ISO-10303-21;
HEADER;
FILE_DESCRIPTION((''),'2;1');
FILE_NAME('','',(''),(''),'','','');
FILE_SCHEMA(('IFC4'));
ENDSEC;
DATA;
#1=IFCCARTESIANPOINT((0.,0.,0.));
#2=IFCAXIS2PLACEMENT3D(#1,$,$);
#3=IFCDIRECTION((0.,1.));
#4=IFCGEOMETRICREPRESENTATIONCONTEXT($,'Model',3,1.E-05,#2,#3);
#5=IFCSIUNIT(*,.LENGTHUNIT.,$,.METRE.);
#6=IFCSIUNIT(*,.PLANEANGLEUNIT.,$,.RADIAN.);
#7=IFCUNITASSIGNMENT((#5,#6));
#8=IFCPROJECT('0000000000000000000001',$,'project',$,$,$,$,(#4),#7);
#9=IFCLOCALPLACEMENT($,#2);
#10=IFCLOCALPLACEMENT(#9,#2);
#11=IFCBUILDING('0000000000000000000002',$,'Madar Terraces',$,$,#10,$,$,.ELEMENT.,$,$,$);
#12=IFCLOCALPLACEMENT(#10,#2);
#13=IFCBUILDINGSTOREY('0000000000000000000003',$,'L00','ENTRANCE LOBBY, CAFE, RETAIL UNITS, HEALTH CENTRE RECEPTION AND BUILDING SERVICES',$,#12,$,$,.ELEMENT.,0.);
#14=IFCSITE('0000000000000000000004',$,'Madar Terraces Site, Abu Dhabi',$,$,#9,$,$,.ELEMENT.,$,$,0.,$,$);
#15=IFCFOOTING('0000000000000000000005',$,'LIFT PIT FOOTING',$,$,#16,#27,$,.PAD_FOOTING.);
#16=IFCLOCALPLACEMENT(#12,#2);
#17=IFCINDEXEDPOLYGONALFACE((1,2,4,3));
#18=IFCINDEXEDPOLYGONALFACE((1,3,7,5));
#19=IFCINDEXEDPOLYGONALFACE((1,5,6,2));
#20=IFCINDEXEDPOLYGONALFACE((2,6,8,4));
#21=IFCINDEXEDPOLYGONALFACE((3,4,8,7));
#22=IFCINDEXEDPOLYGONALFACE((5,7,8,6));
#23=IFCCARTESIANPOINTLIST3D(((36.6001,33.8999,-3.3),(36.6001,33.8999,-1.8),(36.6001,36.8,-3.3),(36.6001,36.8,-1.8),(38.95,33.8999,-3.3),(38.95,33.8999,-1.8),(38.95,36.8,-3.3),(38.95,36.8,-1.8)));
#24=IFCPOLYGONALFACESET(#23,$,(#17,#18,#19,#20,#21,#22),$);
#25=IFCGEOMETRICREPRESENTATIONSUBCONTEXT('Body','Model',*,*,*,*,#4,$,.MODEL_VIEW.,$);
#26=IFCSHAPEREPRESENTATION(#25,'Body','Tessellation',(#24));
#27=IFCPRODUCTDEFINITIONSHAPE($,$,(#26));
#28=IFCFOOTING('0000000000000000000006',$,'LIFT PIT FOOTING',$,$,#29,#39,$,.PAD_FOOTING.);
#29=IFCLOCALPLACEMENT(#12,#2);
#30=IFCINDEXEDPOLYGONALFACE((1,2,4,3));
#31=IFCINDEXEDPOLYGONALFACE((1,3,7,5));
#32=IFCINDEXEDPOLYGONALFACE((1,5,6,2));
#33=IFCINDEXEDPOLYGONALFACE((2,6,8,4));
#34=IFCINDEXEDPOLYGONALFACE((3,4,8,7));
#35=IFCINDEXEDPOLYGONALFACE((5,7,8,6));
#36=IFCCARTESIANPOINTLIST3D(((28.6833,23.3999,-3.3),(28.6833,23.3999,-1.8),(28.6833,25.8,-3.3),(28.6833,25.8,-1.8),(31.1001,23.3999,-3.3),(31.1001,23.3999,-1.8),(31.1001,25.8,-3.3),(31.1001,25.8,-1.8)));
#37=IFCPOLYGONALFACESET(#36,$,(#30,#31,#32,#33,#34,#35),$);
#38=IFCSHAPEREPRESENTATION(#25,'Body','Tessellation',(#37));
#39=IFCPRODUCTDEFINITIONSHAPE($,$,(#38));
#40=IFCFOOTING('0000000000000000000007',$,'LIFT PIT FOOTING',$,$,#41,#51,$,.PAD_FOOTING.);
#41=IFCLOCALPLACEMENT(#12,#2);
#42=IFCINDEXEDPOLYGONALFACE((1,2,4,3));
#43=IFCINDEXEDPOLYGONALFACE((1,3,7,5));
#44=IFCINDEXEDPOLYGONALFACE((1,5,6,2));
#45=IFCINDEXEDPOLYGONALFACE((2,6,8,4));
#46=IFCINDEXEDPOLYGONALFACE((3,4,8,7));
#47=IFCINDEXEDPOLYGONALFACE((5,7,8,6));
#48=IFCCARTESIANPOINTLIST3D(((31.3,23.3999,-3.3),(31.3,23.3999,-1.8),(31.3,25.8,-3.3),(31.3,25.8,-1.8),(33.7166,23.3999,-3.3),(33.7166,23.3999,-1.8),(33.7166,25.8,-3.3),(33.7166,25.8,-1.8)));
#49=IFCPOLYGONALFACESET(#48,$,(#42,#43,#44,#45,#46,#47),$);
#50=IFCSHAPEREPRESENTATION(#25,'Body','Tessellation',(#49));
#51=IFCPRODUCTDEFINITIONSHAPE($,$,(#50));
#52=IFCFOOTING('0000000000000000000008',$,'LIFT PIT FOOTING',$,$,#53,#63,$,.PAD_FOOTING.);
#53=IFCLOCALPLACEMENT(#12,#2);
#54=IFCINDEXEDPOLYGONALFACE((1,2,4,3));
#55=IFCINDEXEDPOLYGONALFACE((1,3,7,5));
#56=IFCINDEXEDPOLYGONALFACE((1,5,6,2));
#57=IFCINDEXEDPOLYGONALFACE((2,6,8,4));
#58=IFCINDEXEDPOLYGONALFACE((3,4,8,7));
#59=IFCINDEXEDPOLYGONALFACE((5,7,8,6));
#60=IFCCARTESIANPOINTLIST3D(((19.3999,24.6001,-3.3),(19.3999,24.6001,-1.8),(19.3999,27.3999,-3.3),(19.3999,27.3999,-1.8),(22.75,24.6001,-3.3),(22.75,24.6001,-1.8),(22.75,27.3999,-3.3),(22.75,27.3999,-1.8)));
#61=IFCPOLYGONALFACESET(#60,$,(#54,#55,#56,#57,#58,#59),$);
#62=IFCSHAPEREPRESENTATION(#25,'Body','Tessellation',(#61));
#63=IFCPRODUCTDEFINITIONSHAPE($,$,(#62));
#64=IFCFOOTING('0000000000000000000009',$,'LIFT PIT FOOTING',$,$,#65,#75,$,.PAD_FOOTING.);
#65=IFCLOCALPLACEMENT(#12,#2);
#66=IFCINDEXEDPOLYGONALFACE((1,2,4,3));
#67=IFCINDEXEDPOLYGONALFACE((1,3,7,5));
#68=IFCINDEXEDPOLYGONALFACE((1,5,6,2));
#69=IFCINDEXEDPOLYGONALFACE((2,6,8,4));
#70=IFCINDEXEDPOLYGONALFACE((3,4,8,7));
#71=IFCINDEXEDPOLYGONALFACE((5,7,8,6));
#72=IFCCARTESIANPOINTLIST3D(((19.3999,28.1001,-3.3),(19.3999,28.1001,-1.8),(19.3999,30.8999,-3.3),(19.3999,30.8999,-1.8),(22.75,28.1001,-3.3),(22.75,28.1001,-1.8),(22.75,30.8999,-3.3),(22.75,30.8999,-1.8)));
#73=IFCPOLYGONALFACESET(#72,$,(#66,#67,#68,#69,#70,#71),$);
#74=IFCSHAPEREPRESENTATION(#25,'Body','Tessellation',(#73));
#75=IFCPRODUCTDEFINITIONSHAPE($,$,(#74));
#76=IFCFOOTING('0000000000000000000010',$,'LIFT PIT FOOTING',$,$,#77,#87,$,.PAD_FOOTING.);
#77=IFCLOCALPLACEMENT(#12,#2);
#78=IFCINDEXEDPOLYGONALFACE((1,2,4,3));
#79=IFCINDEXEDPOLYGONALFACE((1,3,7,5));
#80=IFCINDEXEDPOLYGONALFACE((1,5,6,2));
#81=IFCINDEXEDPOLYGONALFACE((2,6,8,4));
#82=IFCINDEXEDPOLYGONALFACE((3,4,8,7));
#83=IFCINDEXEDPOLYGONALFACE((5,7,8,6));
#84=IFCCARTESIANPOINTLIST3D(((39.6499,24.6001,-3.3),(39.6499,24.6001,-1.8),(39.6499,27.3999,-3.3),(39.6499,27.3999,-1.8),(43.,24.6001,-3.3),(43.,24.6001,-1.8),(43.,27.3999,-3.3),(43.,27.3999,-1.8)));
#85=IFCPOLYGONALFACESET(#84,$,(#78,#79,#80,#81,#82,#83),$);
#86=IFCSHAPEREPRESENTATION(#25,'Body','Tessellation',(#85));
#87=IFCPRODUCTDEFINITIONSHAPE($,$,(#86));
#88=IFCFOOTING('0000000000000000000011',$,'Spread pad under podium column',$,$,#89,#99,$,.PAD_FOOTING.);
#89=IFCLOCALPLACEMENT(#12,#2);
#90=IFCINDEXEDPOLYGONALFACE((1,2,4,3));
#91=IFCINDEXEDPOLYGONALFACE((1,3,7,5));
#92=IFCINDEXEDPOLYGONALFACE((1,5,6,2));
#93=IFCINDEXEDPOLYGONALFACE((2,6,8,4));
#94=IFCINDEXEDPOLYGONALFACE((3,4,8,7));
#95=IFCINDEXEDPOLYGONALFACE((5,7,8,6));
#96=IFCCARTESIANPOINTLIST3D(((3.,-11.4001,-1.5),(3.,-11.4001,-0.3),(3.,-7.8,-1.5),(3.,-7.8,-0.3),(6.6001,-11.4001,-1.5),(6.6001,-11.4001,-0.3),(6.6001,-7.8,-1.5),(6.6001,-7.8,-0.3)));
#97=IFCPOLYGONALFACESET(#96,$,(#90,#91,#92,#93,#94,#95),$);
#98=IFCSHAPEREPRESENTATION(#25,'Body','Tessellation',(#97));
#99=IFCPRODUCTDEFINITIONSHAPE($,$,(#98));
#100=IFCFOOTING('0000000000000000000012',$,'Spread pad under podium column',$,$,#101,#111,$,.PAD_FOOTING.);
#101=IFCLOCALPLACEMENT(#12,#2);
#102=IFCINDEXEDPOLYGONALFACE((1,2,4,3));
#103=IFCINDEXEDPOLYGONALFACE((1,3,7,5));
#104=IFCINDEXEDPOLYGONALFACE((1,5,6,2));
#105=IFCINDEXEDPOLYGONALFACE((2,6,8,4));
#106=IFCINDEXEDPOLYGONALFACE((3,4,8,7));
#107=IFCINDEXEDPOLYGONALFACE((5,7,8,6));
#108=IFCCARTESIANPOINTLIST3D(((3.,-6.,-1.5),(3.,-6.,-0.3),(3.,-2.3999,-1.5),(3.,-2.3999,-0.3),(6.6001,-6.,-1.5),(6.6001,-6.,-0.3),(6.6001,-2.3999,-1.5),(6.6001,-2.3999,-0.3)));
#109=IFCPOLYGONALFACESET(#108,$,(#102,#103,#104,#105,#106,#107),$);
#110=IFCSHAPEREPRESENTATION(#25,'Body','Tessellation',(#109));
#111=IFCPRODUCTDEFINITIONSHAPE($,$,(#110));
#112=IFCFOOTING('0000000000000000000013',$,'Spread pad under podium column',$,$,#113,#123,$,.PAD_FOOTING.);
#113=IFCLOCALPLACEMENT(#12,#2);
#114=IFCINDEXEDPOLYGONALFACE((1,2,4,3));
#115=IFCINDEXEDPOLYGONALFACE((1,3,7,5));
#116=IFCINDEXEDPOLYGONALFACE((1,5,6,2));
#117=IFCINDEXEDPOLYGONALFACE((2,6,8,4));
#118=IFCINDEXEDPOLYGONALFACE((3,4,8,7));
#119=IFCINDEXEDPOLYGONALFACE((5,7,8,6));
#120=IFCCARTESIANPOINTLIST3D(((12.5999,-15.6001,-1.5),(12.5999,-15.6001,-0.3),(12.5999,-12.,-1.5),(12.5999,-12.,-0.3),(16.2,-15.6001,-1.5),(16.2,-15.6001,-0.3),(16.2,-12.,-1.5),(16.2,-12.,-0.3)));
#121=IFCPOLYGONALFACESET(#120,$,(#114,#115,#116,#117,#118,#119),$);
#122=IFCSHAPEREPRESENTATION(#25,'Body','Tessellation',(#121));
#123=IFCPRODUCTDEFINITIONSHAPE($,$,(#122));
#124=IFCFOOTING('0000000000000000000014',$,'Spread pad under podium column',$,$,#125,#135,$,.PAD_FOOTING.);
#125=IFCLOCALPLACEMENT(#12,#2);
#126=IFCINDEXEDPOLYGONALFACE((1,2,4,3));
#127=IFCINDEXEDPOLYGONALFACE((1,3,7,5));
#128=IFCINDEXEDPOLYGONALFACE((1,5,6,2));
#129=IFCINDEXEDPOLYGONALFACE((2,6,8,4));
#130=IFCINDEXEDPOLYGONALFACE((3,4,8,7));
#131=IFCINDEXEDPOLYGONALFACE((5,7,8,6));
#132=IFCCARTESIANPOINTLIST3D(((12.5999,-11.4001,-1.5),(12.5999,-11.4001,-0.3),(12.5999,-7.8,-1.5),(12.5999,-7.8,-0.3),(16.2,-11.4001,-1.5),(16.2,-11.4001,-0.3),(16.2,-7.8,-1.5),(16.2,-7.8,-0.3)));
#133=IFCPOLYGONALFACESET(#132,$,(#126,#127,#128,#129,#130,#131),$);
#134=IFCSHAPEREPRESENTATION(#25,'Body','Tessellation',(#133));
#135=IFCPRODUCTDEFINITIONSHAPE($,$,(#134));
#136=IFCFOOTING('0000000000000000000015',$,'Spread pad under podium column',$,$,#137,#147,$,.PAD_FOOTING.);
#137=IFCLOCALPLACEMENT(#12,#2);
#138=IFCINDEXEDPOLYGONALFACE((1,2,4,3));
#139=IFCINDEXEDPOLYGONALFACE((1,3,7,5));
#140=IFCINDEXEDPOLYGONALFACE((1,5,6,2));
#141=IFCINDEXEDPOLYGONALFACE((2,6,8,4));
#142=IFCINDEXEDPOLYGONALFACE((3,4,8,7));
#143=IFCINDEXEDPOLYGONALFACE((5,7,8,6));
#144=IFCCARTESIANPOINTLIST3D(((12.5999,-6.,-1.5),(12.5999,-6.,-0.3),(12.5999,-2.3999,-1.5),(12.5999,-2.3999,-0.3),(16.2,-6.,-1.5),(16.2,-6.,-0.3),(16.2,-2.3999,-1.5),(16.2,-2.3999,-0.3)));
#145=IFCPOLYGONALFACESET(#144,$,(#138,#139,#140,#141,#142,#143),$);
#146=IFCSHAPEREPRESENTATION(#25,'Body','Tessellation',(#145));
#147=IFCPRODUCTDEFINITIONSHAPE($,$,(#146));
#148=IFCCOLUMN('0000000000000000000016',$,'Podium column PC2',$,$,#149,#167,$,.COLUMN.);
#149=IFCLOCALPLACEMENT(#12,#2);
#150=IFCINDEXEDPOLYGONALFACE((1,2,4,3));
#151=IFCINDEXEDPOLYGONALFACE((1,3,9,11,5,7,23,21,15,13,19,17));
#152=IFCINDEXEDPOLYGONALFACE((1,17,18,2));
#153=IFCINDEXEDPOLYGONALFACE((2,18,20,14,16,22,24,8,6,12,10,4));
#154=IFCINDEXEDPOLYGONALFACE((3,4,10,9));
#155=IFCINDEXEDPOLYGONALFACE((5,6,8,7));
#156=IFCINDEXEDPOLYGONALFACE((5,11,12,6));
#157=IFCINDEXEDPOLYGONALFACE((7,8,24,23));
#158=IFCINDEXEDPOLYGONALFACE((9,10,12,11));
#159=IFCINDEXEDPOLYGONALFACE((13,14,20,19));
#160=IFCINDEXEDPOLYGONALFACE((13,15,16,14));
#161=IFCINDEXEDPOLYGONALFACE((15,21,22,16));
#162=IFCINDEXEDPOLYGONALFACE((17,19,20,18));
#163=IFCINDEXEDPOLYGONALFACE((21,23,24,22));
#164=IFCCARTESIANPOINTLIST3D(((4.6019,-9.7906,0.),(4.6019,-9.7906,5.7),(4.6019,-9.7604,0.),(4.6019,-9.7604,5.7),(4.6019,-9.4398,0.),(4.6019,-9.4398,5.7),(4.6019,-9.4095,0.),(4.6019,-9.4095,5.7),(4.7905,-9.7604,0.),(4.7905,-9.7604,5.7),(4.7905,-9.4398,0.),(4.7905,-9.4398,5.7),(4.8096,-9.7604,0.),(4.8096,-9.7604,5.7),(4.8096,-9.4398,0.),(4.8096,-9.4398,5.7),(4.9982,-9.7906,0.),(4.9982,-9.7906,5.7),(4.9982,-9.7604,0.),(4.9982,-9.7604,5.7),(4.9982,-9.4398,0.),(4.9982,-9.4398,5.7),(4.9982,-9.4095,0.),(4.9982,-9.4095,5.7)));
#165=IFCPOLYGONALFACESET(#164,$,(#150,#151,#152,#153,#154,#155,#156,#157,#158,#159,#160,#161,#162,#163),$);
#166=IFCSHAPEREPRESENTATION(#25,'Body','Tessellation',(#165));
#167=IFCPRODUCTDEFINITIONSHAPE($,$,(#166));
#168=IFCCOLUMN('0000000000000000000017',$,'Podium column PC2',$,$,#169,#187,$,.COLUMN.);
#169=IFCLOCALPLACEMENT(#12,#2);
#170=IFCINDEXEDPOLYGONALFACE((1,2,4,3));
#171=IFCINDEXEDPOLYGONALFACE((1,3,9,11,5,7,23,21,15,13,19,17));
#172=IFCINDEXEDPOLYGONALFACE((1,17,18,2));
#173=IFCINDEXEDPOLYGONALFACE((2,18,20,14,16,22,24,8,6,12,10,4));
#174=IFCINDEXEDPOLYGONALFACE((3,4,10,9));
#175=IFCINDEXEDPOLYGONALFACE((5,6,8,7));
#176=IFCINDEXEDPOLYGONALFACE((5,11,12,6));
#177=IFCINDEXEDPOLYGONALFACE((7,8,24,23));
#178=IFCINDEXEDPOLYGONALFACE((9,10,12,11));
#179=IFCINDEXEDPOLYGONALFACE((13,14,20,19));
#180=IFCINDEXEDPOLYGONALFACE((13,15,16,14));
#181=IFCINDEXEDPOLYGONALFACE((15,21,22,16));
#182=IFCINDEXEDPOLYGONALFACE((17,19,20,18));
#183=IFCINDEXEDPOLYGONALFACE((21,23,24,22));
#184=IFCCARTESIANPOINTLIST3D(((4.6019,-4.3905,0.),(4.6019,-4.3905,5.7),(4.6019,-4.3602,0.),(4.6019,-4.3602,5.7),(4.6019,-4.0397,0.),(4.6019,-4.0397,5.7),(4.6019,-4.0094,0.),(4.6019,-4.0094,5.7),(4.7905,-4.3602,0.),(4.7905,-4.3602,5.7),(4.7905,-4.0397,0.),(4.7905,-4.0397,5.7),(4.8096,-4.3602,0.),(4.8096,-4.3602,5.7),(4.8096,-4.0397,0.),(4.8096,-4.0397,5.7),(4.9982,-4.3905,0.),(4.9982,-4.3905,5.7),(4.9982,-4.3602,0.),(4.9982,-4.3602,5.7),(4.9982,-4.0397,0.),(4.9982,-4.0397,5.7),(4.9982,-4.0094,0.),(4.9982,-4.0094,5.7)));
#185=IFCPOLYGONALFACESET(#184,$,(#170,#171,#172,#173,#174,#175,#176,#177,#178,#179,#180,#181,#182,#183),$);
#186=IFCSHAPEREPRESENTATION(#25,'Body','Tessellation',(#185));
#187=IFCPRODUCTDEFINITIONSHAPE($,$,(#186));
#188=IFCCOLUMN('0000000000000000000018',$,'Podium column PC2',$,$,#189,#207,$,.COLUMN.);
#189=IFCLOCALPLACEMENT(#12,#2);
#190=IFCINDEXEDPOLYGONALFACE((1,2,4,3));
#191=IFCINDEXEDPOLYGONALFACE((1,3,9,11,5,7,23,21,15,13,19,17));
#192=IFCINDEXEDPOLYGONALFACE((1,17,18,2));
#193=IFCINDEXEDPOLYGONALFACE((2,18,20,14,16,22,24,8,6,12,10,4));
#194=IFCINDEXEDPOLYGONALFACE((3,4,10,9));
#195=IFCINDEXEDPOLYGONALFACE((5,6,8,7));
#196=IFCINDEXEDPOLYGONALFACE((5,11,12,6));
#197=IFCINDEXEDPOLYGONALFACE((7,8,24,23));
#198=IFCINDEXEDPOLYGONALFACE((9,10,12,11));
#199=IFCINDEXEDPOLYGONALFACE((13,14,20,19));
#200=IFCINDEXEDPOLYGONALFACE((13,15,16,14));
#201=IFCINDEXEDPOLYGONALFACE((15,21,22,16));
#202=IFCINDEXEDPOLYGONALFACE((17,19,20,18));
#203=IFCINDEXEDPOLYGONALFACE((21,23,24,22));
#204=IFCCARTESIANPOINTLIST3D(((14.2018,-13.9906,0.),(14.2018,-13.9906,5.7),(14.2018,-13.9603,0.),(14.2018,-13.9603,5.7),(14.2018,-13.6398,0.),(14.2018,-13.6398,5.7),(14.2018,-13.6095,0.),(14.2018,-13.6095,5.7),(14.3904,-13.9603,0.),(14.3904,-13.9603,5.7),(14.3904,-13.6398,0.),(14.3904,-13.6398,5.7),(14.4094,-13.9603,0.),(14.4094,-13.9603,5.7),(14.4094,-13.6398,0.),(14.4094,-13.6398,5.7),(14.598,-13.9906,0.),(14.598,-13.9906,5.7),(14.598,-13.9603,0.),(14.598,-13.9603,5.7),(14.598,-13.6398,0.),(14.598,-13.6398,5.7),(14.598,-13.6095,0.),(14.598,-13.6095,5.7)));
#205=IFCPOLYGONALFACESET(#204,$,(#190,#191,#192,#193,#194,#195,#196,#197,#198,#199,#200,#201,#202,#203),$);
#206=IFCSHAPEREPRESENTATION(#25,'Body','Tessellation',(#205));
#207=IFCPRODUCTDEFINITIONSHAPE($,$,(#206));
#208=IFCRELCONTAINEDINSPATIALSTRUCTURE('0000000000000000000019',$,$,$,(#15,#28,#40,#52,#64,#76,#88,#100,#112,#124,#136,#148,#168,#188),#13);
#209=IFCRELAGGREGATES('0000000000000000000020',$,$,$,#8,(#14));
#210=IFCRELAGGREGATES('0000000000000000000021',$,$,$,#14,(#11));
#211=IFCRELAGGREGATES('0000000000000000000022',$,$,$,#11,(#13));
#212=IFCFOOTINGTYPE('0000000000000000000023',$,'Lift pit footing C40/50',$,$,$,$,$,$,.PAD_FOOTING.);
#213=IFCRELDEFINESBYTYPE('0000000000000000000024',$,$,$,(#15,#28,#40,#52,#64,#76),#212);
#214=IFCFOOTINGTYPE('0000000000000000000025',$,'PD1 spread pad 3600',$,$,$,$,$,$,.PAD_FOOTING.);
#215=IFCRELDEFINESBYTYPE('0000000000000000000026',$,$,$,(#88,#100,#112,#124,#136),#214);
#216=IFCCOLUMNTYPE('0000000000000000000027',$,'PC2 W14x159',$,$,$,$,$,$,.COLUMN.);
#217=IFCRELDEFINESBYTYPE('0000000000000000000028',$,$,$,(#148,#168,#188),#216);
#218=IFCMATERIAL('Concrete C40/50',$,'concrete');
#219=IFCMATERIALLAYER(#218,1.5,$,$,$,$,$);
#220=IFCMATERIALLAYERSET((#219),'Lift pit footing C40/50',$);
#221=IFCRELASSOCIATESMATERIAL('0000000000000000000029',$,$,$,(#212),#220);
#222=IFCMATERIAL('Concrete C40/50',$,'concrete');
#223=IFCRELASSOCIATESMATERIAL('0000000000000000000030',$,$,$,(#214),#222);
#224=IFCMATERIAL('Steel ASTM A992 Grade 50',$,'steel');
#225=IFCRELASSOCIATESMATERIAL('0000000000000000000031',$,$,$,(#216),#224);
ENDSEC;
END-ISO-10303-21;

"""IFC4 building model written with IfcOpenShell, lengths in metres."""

from ifc_helpers import new_model, si_unit, direction, frame, origin, origin_2d, place, context, subcontext, project, spatial, polyline, rectangle, i_section, outline, extrude, material, layer, layer_set, material_profile, profile_set, type_object, element, save


model = new_model("IFC4")

# Units and contexts
model_context = context("Model", 3, precision=1e-05, world=origin(), true_north=direction((0.0, 1.0)))
body_context = subcontext(model_context, "Body", "Model", "MODEL_VIEW")
ifc_project = project(units=[si_unit("LENGTHUNIT", "METRE"), si_unit("PLANEANGLEUNIT", "RADIAN")], contexts=[model_context])

# Site, building, storey
site_placement = place(None, origin())
site = spatial("IfcSite", under=ifc_project, at=site_placement, Name="Madar Terraces Site, Abu Dhabi", CompositionType="ELEMENT", RefElevation=0.0)
building_placement = place(site_placement, origin())
building = spatial("IfcBuilding", under=site, at=building_placement, Name="Madar Terraces", CompositionType="ELEMENT")
storey_placement = place(building_placement, origin())
storey = spatial("IfcBuildingStorey", under=building, at=storey_placement, Name="L00", Description="ENTRANCE LOBBY, CAFE, RETAIL UNITS, HEALTH CENTRE RECEPTION AND BUILDING SERVICES", CompositionType="ELEMENT", Elevation=0.0)

# Footings
ifc_material_1 = material(Name="Concrete C40/50", Category="concrete")
ifc_layer_1 = layer(ifc_material_1, 1.5)
ifc_layer_set_1 = layer_set([ifc_layer_1], Name="Lift pit footing C40/50")
footing_type_1 = type_object("IfcFootingType", Name="Lift pit footing C40/50", PredefinedType="PAD_FOOTING", material=ifc_layer_set_1)
footing_1_placement = place(storey_placement, frame((0.0, 0.0, -3.3)))
element("IfcFooting", 1, at=footing_1_placement, inside=storey, type_object=footing_type_1, Name="LIFT PIT FOOTING", PredefinedType="PAD_FOOTING", context=body_context, shape_type="SweptSolid", body=[
    extrude(outline(polyline([(36.6001, 33.8999), (38.95, 33.8999), (38.95, 36.8), (36.6001, 36.8), (36.6001, 33.8999)])), origin(), (0.0, 0.0, 1.0), 1.5),
])
footing_2_placement = place(storey_placement, frame((0.0, 0.0, -3.3)))
element("IfcFooting", 2, at=footing_2_placement, inside=storey, type_object=footing_type_1, Name="LIFT PIT FOOTING", PredefinedType="PAD_FOOTING", context=body_context, shape_type="SweptSolid", body=[
    extrude(outline(polyline([(28.6833, 23.3999), (31.1001, 23.3999), (31.1001, 25.8), (28.6833, 25.8), (28.6833, 23.3999)])), origin(), (0.0, 0.0, 1.0), 1.5),
])
footing_3_placement = place(storey_placement, frame((0.0, 0.0, -3.3)))
element("IfcFooting", 3, at=footing_3_placement, inside=storey, type_object=footing_type_1, Name="LIFT PIT FOOTING", PredefinedType="PAD_FOOTING", context=body_context, shape_type="SweptSolid", body=[
    extrude(outline(polyline([(31.3, 23.3999), (33.7166, 23.3999), (33.7166, 25.8), (31.3, 25.8), (31.3, 23.3999)])), origin(), (0.0, 0.0, 1.0), 1.5),
])
footing_4_placement = place(storey_placement, frame((0.0, 0.0, -3.3)))
element("IfcFooting", 4, at=footing_4_placement, inside=storey, type_object=footing_type_1, Name="LIFT PIT FOOTING", PredefinedType="PAD_FOOTING", context=body_context, shape_type="SweptSolid", body=[
    extrude(outline(polyline([(19.3999, 24.6001), (22.75, 24.6001), (22.75, 27.3999), (19.3999, 27.3999), (19.3999, 24.6001)])), origin(), (0.0, 0.0, 1.0), 1.5),
])
footing_5_placement = place(storey_placement, frame((0.0, 0.0, -3.3)))
element("IfcFooting", 5, at=footing_5_placement, inside=storey, type_object=footing_type_1, Name="LIFT PIT FOOTING", PredefinedType="PAD_FOOTING", context=body_context, shape_type="SweptSolid", body=[
    extrude(outline(polyline([(19.3999, 28.1001), (22.75, 28.1001), (22.75, 30.8999), (19.3999, 30.8999), (19.3999, 28.1001)])), origin(), (0.0, 0.0, 1.0), 1.5),
])
footing_6_placement = place(storey_placement, frame((0.0, 0.0, -3.3)))
element("IfcFooting", 6, at=footing_6_placement, inside=storey, type_object=footing_type_1, Name="LIFT PIT FOOTING", PredefinedType="PAD_FOOTING", context=body_context, shape_type="SweptSolid", body=[
    extrude(outline(polyline([(39.6499, 24.6001), (43.0, 24.6001), (43.0, 27.3999), (39.6499, 27.3999), (39.6499, 24.6001)])), origin(), (0.0, 0.0, 1.0), 1.5),
])
ifc_material_2 = material(Name="Concrete C40/50", Category="concrete")
footing_type_2 = type_object("IfcFootingType", Name="PD1 spread pad 3600", PredefinedType="PAD_FOOTING", material=ifc_material_2)
for number, where, z_axis, x_axis, name in (
    (7, (4.8, -9.6001, -1.5), (0.0, 0.0, 1.0), (1.0, 0.0, 0.0), "Spread pad under podium column"),
    (8, (4.8, -4.2, -1.5), (0.0, 0.0, 1.0), (1.0, 0.0, 0.0), "Spread pad under podium column"),
    (9, (14.3999, -13.8, -1.5), (0.0, 0.0, 1.0), (1.0, 0.0, 0.0), "Spread pad under podium column"),
    (10, (14.3999, -9.6001, -1.5), (0.0, 0.0, 1.0), (1.0, 0.0, 0.0), "Spread pad under podium column"),
    (11, (14.3999, -4.2, -1.5), (0.0, 0.0, 1.0), (1.0, 0.0, 0.0), "Spread pad under podium column"),
):
    element("IfcFooting", number, at=place(storey_placement, frame(where, z_axis=z_axis, x_axis=x_axis)), inside=storey, type_object=footing_type_2, Name=name, PredefinedType="PAD_FOOTING", context=body_context, shape_type="SweptSolid", body=[
        extrude(rectangle(XDim=3.6001, YDim=3.6001, at=origin_2d()), origin(), (0.0, 0.0, 1.0), 1.2),
    ])

# Columns
ifc_material_3 = material(Name="Steel ASTM A992 Grade 50", Category="steel")
ifc_material_profile = material_profile(ifc_material_3, i_section(OverallWidth=0.3962, OverallDepth=0.3811, WebThickness=0.019, FlangeThickness=0.0303, at=origin_2d()), Name="W14x159")
ifc_profile_set = profile_set([ifc_material_profile], Name="Steel ASTM A992 Grade 50")
column_type = type_object("IfcColumnType", Name="PC2 W14x159", PredefinedType="COLUMN", material=ifc_profile_set)
for number, where, z_axis, x_axis, name in (
    (12, (4.8, -9.6001, 0.0), (0.0, 0.0, 1.0), (1.0, 0.0, 0.0), "Podium column PC2"),
    (13, (4.8, -4.2, 0.0), (0.0, 0.0, 1.0), (1.0, 0.0, 0.0), "Podium column PC2"),
    (14, (14.3999, -13.8, 0.0), (0.0, 0.0, 1.0), (1.0, 0.0, 0.0), "Podium column PC2"),
):
    element("IfcColumn", number, at=place(storey_placement, frame(where, z_axis=z_axis, x_axis=x_axis)), inside=storey, type_object=column_type, Name=name, PredefinedType="COLUMN", context=body_context, shape_type="SweptSolid", body=[
        extrude(i_section(OverallWidth=0.3962, OverallDepth=0.3811, WebThickness=0.019, FlangeThickness=0.0303, at=origin_2d()), origin(), (0.0, 0.0, 1.0), 5.7),
    ])

save(model, "model.ifc")
